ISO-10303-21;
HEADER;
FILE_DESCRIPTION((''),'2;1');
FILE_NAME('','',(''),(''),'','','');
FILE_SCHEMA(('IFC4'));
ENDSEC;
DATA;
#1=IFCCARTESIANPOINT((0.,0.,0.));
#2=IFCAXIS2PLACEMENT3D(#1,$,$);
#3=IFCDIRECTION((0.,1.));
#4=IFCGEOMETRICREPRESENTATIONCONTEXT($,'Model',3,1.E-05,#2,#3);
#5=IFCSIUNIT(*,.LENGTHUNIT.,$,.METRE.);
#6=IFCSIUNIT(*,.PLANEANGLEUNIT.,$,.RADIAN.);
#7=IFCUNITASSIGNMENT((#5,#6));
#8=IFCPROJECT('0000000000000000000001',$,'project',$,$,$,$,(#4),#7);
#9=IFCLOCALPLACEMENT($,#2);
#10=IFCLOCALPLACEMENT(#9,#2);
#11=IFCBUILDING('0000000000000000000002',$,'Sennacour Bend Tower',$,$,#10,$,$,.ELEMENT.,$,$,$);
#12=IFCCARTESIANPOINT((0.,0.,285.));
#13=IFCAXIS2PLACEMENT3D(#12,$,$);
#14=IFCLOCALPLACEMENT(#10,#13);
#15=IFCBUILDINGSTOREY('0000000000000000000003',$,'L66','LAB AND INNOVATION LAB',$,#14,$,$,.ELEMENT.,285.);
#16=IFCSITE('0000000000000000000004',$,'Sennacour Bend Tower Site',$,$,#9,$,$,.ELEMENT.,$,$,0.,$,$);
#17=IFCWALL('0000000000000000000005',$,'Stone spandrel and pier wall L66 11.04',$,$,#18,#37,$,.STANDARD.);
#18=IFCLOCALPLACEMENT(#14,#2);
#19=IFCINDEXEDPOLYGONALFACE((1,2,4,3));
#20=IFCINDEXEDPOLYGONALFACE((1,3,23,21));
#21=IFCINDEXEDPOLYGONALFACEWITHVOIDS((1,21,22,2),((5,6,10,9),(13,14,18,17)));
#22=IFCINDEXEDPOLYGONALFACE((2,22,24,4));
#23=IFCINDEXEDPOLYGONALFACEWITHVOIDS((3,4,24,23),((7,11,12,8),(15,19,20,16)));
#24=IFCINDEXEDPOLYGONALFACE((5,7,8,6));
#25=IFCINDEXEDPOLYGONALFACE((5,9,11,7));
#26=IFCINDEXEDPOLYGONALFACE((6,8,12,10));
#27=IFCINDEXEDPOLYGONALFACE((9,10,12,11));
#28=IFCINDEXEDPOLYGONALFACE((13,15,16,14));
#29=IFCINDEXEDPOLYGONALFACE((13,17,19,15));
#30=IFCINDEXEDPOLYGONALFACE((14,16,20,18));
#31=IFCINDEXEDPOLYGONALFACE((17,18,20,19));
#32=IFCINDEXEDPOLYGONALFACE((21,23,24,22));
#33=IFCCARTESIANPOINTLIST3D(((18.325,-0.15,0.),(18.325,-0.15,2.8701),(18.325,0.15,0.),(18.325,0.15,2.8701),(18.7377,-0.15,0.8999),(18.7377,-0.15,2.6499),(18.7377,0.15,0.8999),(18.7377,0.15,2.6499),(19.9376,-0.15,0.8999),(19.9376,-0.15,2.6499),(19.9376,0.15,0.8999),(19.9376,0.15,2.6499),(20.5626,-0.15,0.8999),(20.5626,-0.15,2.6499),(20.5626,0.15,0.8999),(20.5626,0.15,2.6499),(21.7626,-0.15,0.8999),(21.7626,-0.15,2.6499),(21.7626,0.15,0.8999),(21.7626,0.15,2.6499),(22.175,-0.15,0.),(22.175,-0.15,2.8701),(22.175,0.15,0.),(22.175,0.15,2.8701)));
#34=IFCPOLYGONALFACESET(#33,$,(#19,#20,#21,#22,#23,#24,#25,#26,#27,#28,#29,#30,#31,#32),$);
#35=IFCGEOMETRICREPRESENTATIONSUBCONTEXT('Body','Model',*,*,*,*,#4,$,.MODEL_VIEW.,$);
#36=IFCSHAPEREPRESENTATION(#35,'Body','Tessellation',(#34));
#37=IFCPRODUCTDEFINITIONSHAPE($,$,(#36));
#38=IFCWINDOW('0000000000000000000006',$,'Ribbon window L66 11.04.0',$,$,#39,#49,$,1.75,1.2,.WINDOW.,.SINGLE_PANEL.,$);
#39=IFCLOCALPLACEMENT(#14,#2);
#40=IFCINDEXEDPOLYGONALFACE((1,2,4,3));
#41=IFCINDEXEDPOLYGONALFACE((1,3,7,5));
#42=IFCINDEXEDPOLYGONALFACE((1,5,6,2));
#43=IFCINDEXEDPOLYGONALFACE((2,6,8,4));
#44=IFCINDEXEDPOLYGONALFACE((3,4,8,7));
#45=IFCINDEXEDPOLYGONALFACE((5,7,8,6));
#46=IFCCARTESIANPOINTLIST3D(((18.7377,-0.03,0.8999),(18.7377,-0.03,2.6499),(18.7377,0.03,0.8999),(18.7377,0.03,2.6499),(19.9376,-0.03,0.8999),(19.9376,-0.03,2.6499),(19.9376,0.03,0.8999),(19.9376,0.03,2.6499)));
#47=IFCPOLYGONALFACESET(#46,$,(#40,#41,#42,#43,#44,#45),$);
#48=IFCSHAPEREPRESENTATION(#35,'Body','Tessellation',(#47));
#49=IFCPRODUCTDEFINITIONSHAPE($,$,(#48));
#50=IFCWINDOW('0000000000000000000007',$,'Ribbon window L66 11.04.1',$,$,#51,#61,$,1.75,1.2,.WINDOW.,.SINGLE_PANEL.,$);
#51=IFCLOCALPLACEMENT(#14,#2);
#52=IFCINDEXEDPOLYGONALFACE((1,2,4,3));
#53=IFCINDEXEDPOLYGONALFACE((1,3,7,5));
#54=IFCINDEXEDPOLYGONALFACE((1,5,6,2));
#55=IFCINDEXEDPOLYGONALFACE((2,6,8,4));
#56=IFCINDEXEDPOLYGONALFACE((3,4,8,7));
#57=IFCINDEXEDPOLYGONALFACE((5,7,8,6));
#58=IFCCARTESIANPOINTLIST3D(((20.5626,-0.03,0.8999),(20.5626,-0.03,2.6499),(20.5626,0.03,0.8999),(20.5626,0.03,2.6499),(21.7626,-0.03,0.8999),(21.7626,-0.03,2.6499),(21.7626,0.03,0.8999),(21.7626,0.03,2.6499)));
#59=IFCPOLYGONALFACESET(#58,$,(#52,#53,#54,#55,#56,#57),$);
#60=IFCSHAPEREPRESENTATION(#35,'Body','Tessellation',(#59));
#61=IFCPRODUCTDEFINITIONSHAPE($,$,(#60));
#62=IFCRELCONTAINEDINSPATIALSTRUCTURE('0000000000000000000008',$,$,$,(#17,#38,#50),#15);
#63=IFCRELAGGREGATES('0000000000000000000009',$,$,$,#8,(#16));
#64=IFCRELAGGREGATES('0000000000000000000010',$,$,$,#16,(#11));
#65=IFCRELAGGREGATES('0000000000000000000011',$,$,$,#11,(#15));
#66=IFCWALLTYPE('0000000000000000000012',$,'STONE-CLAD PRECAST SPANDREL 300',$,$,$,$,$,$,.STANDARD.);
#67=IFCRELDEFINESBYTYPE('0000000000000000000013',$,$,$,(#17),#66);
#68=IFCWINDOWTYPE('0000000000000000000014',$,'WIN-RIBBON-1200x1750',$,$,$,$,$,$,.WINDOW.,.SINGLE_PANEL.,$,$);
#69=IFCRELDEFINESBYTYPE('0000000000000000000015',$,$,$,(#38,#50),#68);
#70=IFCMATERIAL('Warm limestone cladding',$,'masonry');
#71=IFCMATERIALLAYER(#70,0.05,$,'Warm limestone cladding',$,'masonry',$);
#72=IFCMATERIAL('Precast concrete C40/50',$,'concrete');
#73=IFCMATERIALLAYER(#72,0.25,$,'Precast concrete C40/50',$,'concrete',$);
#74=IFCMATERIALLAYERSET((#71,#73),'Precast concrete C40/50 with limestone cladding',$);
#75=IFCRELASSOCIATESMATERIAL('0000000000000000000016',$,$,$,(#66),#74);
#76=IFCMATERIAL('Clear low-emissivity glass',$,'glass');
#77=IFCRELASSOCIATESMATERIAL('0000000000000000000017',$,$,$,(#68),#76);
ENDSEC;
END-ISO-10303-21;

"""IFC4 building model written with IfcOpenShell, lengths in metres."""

from ifc_helpers import new_model, si_unit, direction, frame, frame_2d, origin, place, context, subcontext, project, spatial, rectangle, extrude, material, layer, layer_set, type_object, element, fill, save


model = new_model("IFC4")

# Units and contexts
model_context = context("Model", 3, precision=1e-05, world=origin(), true_north=direction((0.0, 1.0)))
body_context = subcontext(model_context, "Body", "Model", "MODEL_VIEW")
ifc_project = project(units=[si_unit("LENGTHUNIT", "METRE"), si_unit("PLANEANGLEUNIT", "RADIAN")], contexts=[model_context])

# Site, building, storey
site_placement = place(None, origin())
site = spatial("IfcSite", under=ifc_project, at=site_placement, Name="Sennacour Bend Tower Site", CompositionType="ELEMENT", RefElevation=0.0)
building_placement = place(site_placement, origin())
building = spatial("IfcBuilding", under=site, at=building_placement, Name="Sennacour Bend Tower", CompositionType="ELEMENT")
storey_placement = place(building_placement, frame((0.0, 0.0, 285.0)))
storey = spatial("IfcBuildingStorey", under=building, at=storey_placement, Name="L66", Description="LAB AND INNOVATION LAB", CompositionType="ELEMENT", Elevation=285.0)

# Wall, openings, windows
ifc_material_1 = material(Name="Warm limestone cladding", Category="masonry")
ifc_layer_1 = layer(ifc_material_1, 0.05, Name="Warm limestone cladding", Category="masonry")
ifc_material_2 = material(Name="Precast concrete C40/50", Category="concrete")
ifc_layer_2 = layer(ifc_material_2, 0.25, Name="Precast concrete C40/50", Category="concrete")
ifc_layer_set_1 = layer_set([ifc_layer_1, ifc_layer_2], Name="Precast concrete C40/50 with limestone cladding")
wall_type_1 = type_object("IfcWallType", Name="STONE-CLAD PRECAST SPANDREL 300", PredefinedType="STANDARD", material=ifc_layer_set_1)
ifc_material_3 = material(Name="Clear low-emissivity glass", Category="glass")
window_type = type_object("IfcWindowType", Name="WIN-RIBBON-1200x1750", PartitioningType="SINGLE_PANEL", PredefinedType="WINDOW", material=ifc_material_3)
wall_1_placement = place(storey_placement, frame((18.325, 0.0, 0.0), z_axis=(0.0, 0.0, 1.0), x_axis=(1.0, 0.0, 0.0)))
wall_1 = element("IfcWall", 1, at=wall_1_placement, inside=storey, type_object=wall_type_1, Name="Stone spandrel and pier wall L66 11.04", PredefinedType="STANDARD", context=body_context, shape_type="SweptSolid", body=[
    extrude(rectangle(XDim=3.8501, YDim=0.3, at=frame_2d((1.925, 0.0))), origin(), (0.0, 0.0, 1.0), 2.8701),
])
opening_1_placement = place(wall_1_placement, frame((0.4126, 0.0, 0.8999)))
opening_1 = element("IfcOpeningElement", 2, at=opening_1_placement, cuts=wall_1, PredefinedType="OPENING", context=body_context, shape_type="SweptSolid", body=[
    extrude(rectangle(XDim=1.2, YDim=1.75, at=frame_2d((0.6001, 0.875))), frame((0.0, 0.1602, 0.0), z_axis=(0.0, -1.0, 0.0), x_axis=(1.0, 0.0, 0.0)), (0.0, 0.0, 1.0), 0.3201),
])
opening_2_placement = place(wall_1_placement, frame((2.2375, 0.0, 0.8999)))
opening_2 = element("IfcOpeningElement", 3, at=opening_2_placement, cuts=wall_1, PredefinedType="OPENING", context=body_context, shape_type="SweptSolid", body=[
    extrude(rectangle(XDim=1.2, YDim=1.75, at=frame_2d((0.6001, 0.875))), frame((0.0, 0.1602, 0.0), z_axis=(0.0, -1.0, 0.0), x_axis=(1.0, 0.0, 0.0)), (0.0, 0.0, 1.0), 0.3201),
])
window_1_placement = place(opening_1_placement, origin())
window_1 = element("IfcWindow", 4, at=window_1_placement, inside=storey, type_object=window_type, Name="Ribbon window L66 11.04.0", OverallHeight=1.75, OverallWidth=1.2, PartitioningType="SINGLE_PANEL", PredefinedType="WINDOW", context=body_context, shape_type="SweptSolid", body=[
    extrude(rectangle(XDim=1.2, YDim=1.75, at=frame_2d((0.6001, 0.875))), frame((0.0, 0.03, 0.0), z_axis=(0.0, -1.0, 0.0), x_axis=(1.0, 0.0, 0.0)), (0.0, 0.0, 1.0), 0.0601),
])
fill(opening_1, window_1)
window_2_placement = place(opening_2_placement, origin())
window_2 = element("IfcWindow", 5, at=window_2_placement, inside=storey, type_object=window_type, Name="Ribbon window L66 11.04.1", OverallHeight=1.75, OverallWidth=1.2, PartitioningType="SINGLE_PANEL", PredefinedType="WINDOW", context=body_context, shape_type="SweptSolid", body=[
    extrude(rectangle(XDim=1.2, YDim=1.75, at=frame_2d((0.6001, 0.875))), frame((0.0, 0.03, 0.0), z_axis=(0.0, -1.0, 0.0), x_axis=(1.0, 0.0, 0.0)), (0.0, 0.0, 1.0), 0.0601),
])
fill(opening_2, window_2)

save(model, "model.ifc")
